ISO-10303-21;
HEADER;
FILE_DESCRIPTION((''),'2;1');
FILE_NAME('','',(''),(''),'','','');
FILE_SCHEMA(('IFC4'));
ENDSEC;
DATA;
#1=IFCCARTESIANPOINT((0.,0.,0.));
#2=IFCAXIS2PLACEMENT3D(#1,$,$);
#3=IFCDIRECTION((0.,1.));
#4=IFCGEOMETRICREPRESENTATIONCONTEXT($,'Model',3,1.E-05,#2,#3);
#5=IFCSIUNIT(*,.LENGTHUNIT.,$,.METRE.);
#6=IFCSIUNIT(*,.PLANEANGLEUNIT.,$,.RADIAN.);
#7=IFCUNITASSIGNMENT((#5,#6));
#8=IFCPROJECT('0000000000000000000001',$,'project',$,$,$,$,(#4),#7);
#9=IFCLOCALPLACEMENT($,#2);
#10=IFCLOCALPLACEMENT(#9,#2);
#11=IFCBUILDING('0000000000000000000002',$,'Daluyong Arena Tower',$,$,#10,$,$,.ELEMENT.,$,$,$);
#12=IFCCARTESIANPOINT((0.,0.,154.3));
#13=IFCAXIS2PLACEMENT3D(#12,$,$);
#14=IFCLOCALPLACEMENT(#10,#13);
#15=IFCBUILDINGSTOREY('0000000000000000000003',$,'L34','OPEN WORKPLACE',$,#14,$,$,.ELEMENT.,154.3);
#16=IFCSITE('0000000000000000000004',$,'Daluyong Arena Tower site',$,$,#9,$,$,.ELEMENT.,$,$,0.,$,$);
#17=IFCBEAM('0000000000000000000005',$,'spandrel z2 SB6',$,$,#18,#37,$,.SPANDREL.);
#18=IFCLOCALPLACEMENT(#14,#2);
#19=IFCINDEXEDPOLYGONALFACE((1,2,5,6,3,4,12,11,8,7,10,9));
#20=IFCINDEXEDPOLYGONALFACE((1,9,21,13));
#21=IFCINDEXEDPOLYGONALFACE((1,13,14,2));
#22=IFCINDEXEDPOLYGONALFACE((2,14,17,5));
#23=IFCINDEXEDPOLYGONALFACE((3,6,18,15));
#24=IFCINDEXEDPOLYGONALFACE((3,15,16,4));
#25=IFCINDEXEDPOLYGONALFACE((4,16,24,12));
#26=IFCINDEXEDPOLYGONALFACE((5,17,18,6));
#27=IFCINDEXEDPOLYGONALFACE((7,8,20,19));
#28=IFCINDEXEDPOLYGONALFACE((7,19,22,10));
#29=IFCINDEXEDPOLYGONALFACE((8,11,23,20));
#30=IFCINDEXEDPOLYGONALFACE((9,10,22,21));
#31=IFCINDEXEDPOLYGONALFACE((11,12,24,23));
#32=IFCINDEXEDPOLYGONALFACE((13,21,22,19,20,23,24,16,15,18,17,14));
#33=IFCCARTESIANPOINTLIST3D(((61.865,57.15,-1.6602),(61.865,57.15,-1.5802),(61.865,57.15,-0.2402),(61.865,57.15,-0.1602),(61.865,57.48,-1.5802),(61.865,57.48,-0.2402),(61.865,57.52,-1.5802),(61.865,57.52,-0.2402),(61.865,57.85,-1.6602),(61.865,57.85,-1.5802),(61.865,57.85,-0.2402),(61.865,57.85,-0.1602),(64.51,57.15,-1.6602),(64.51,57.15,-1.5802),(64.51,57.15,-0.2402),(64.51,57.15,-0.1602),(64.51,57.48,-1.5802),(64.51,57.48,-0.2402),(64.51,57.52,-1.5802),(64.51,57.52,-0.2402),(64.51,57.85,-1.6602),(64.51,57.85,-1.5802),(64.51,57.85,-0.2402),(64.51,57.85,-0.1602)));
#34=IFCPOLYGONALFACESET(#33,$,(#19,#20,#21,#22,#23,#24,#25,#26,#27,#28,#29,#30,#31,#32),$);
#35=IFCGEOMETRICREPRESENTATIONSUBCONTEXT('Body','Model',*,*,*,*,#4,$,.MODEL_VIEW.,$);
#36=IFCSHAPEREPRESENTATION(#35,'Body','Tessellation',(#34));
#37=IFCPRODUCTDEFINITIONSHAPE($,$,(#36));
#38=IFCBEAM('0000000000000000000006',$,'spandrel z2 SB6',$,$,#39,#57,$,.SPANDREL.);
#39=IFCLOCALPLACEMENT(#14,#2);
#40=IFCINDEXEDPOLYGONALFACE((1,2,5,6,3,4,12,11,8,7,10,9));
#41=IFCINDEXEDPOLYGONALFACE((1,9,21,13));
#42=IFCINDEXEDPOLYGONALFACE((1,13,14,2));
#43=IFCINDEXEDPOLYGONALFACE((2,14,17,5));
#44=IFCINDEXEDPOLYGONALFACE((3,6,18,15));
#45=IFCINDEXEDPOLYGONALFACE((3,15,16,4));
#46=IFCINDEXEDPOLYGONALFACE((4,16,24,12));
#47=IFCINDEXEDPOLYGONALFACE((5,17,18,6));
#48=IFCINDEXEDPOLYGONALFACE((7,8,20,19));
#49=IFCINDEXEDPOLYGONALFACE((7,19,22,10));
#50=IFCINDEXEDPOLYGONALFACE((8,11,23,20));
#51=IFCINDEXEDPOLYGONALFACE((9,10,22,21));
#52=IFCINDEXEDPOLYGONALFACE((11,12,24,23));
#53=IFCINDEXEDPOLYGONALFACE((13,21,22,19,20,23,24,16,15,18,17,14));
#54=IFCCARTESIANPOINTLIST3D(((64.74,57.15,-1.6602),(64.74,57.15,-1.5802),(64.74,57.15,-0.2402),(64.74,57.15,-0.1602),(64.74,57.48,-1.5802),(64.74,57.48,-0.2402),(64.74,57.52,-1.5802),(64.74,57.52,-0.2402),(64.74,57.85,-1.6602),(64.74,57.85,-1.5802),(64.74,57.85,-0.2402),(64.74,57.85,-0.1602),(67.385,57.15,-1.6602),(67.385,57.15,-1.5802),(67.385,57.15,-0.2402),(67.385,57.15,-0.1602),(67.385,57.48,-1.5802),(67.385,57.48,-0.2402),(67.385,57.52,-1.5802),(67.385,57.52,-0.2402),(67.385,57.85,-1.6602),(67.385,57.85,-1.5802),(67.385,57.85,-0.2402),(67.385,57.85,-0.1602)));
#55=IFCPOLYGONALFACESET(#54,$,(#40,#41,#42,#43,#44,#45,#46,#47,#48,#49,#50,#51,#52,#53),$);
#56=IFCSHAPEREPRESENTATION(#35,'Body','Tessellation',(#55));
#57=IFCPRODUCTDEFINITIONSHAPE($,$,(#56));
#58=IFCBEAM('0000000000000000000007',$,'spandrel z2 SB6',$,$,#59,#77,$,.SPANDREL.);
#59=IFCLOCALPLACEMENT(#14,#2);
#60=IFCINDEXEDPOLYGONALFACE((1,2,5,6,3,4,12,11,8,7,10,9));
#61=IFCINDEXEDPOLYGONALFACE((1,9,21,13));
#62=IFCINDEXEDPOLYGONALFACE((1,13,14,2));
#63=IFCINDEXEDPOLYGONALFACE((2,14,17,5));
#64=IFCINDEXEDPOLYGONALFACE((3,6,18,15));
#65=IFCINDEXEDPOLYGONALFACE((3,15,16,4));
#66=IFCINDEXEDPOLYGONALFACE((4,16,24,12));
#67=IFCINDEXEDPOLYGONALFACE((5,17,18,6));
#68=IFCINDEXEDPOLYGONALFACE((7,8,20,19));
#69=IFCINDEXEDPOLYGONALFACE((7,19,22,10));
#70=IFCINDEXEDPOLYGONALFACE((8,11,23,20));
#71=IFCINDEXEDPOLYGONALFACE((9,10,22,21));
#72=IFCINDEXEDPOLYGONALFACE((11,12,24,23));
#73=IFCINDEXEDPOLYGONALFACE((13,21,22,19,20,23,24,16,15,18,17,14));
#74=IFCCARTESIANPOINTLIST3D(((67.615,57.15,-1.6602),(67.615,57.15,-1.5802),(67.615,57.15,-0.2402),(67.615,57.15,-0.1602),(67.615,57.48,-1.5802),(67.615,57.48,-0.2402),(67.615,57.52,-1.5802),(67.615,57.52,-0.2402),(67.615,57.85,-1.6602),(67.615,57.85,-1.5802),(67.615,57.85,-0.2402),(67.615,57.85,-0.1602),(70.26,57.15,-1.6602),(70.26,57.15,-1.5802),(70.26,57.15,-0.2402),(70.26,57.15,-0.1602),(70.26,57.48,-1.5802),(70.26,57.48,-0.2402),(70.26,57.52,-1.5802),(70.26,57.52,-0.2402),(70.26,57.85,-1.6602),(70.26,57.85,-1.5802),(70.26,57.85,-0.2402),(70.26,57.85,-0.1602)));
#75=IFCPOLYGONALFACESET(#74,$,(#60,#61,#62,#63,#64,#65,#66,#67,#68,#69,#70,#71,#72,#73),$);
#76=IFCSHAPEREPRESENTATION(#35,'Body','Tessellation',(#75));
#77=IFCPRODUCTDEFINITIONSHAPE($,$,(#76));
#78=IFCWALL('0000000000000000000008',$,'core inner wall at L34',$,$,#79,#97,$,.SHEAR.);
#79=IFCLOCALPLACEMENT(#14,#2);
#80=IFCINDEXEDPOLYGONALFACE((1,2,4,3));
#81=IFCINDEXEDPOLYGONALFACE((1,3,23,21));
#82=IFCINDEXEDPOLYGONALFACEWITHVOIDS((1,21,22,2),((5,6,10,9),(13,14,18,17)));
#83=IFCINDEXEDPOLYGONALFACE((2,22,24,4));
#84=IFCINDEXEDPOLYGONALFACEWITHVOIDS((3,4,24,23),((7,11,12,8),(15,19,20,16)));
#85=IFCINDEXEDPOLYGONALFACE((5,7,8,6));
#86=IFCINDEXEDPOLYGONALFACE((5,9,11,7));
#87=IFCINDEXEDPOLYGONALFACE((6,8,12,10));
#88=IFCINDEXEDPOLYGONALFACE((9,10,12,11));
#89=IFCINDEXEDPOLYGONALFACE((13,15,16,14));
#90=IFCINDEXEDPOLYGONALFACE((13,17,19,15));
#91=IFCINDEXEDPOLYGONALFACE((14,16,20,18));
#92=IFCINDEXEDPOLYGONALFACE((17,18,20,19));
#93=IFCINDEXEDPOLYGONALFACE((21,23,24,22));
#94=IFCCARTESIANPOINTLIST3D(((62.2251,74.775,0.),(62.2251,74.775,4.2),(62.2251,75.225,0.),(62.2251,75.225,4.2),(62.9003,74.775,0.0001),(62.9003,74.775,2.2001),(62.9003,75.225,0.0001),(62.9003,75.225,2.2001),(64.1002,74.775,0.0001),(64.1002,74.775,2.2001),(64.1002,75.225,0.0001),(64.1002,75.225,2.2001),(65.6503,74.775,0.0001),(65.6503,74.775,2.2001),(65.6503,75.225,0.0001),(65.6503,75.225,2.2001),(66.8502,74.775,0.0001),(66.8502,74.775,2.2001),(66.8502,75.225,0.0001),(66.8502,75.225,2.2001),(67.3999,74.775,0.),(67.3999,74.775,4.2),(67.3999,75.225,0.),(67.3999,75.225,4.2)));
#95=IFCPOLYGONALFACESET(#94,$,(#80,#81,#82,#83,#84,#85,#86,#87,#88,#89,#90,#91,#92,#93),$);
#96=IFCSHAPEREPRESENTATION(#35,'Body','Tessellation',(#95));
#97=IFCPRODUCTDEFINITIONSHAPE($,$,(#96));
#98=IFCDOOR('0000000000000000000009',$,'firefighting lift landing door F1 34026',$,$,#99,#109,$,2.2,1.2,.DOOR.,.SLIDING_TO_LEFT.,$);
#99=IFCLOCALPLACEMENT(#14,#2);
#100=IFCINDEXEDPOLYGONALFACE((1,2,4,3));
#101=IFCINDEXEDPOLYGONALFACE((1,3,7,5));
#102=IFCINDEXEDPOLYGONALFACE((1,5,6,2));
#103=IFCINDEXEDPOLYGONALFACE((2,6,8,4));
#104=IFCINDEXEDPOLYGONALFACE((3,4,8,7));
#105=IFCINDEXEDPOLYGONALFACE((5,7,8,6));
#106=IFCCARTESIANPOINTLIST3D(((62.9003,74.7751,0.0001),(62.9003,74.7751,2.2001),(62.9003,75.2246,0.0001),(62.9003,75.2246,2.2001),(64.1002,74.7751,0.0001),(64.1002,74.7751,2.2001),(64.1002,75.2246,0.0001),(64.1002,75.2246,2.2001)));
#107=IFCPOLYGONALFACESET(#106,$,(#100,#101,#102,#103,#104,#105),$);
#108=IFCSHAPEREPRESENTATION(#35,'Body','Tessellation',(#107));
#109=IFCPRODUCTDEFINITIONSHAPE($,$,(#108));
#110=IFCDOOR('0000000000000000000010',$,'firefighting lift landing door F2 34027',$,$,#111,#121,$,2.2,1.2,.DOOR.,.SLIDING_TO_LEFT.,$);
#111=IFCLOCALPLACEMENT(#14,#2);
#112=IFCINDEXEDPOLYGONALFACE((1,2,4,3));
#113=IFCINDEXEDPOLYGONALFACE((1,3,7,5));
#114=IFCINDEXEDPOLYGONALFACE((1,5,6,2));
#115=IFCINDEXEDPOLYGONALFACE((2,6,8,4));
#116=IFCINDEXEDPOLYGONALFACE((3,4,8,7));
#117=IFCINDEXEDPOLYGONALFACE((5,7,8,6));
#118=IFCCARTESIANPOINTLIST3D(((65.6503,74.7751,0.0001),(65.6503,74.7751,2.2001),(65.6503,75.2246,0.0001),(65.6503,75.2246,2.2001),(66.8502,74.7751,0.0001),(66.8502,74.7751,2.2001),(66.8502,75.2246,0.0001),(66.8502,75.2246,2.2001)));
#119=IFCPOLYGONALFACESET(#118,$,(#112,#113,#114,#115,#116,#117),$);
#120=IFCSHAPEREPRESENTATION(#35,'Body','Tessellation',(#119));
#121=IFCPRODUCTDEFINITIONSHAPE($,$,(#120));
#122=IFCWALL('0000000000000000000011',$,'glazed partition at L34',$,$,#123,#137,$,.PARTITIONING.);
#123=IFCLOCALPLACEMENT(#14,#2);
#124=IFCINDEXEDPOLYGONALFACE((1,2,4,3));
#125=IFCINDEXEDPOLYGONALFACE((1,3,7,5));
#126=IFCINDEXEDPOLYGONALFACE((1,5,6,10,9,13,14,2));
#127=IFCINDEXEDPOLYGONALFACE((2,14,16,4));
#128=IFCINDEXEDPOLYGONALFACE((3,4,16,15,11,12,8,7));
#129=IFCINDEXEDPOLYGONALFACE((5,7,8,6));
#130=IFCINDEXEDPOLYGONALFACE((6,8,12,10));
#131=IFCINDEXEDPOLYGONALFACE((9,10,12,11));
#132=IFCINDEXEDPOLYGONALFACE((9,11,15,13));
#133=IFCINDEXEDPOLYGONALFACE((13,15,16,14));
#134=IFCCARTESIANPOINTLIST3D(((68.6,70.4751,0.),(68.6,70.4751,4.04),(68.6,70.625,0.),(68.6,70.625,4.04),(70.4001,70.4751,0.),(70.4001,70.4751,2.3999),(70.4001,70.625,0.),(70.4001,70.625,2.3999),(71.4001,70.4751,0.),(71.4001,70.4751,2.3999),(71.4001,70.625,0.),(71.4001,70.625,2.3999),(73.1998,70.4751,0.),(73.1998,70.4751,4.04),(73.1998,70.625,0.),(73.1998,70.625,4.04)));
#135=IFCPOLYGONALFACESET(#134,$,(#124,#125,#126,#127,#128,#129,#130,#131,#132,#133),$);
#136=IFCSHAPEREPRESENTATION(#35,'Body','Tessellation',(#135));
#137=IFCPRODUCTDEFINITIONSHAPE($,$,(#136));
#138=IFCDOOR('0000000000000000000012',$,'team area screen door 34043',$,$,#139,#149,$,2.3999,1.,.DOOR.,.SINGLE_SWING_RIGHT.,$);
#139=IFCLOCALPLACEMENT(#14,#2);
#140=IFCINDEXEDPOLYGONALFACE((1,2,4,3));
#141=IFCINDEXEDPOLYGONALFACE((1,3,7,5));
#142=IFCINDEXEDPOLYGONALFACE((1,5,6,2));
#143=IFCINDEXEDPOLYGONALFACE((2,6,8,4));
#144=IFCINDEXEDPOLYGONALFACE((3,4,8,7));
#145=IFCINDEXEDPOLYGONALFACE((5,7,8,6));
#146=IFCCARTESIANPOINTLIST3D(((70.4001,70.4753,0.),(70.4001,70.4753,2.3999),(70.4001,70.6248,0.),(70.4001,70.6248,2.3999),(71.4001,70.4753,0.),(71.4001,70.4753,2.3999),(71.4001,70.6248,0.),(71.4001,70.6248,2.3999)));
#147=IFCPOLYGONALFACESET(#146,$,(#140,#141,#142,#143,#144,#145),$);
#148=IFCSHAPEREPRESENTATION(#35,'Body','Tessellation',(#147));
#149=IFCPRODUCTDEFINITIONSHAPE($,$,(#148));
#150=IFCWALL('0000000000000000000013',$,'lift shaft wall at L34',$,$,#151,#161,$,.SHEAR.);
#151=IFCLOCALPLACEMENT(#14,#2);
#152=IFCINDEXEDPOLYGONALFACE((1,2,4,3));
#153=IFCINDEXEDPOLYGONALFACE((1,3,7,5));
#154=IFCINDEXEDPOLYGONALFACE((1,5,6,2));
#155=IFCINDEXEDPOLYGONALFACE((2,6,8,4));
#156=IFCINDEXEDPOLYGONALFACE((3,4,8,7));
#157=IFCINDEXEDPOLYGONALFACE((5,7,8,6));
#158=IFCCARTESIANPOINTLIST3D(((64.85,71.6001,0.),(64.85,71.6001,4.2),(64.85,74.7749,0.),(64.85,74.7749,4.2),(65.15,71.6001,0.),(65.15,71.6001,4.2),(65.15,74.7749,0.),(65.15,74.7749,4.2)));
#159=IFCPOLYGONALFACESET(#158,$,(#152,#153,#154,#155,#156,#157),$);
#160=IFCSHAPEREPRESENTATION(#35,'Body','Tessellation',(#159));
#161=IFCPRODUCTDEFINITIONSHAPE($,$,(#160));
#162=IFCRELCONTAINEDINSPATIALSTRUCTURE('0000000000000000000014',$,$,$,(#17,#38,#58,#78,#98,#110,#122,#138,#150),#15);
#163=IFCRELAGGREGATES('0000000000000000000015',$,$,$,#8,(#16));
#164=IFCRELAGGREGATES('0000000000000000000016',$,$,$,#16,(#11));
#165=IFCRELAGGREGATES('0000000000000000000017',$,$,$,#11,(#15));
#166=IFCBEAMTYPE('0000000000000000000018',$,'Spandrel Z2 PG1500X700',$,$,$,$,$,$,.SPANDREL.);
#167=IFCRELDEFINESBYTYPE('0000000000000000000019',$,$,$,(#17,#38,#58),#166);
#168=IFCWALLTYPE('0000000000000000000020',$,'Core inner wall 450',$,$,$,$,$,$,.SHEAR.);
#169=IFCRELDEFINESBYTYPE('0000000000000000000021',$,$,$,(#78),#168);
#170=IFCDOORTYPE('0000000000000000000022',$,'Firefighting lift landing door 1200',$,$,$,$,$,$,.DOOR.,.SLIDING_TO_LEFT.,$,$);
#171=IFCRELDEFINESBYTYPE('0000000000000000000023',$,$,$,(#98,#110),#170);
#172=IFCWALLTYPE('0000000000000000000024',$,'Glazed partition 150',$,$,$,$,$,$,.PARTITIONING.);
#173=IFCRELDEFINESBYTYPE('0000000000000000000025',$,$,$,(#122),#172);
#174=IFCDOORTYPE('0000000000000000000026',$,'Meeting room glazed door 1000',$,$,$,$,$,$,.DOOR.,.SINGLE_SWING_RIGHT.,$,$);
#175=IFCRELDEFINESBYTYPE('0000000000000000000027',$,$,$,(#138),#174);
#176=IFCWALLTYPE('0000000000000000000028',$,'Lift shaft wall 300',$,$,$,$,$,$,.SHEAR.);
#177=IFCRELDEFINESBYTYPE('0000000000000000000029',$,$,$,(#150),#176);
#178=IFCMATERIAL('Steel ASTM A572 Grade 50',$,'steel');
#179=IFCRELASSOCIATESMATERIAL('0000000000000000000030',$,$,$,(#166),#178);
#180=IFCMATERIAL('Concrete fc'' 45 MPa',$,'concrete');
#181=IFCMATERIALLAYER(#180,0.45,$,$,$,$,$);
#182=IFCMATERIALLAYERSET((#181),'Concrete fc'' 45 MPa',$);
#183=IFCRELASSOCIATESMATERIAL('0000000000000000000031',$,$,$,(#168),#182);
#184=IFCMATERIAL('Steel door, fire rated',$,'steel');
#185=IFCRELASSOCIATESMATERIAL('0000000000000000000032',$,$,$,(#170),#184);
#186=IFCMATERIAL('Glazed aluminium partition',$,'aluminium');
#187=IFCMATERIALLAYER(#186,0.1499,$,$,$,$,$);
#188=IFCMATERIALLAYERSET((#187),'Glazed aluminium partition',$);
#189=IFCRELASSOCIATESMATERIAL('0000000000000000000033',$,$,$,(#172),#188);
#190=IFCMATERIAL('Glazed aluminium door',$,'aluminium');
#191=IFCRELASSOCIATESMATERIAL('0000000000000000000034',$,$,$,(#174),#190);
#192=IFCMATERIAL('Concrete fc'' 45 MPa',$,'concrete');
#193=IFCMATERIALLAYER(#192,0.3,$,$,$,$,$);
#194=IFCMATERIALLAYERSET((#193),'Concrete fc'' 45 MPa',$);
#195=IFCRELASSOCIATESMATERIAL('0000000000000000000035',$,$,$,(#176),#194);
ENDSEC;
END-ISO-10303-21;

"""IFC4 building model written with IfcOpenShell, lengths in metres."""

from ifc_helpers import new_model, si_unit, direction, frame, frame_2d, origin, origin_2d, place, context, subcontext, project, spatial, rectangle, i_section, extrude, material, layer, layer_set, material_profile, profile_set, type_object, element, fill, save


model = new_model("IFC4")

# Units and contexts
model_context = context("Model", 3, precision=1e-05, world=origin(), true_north=direction((0.0, 1.0)))
body_context = subcontext(model_context, "Body", "Model", "MODEL_VIEW")
ifc_project = project(units=[si_unit("LENGTHUNIT", "METRE"), si_unit("PLANEANGLEUNIT", "RADIAN")], contexts=[model_context])

# Site, building, storey
site_placement = place(None, origin())
site = spatial("IfcSite", under=ifc_project, at=site_placement, Name="Daluyong Arena Tower site", CompositionType="ELEMENT", RefElevation=0.0)
building_placement = place(site_placement, origin())
building = spatial("IfcBuilding", under=site, at=building_placement, Name="Daluyong Arena Tower", CompositionType="ELEMENT")
storey_placement = place(building_placement, frame((0.0, 0.0, 154.3)))
storey = spatial("IfcBuildingStorey", under=building, at=storey_placement, Name="L34", Description="OPEN WORKPLACE", CompositionType="ELEMENT", Elevation=154.3)

# Beams
ifc_material_1 = material(Name="Steel ASTM A572 Grade 50", Category="steel")
ifc_material_profile_1 = material_profile(ifc_material_1, i_section(OverallWidth=0.7, OverallDepth=1.5, WebThickness=0.04, FlangeThickness=0.08, at=origin_2d()))
ifc_profile_set_1 = profile_set([ifc_material_profile_1], Name="Steel ASTM A572 Grade 50")
beam_type_1 = type_object("IfcBeamType", Name="Spandrel Z2 PG1500X700", PredefinedType="SPANDREL", material=ifc_profile_set_1)
for number, where, z_axis, x_axis, name in (
    (1, (61.865, 57.5, -0.9102), (1.0, 0.0, 0.0), (0.0, 1.0, 0.0), "spandrel z2 SB6"),
    (2, (64.74, 57.5, -0.9102), (1.0, 0.0, 0.0), (0.0, 1.0, 0.0), "spandrel z2 SB6"),
    (3, (67.615, 57.5, -0.9102), (1.0, 0.0, 0.0), (0.0, 1.0, 0.0), "spandrel z2 SB6"),
):
    element("IfcBeam", number, at=place(storey_placement, frame(where, z_axis=z_axis, x_axis=x_axis)), inside=storey, type_object=beam_type_1, Name=name, PredefinedType="SPANDREL", context=body_context, shape_type="SweptSolid", body=[
        extrude(i_section(OverallWidth=0.7, OverallDepth=1.5, WebThickness=0.04, FlangeThickness=0.08, at=origin_2d()), origin(), (0.0, 0.0, 1.0), 2.645),
    ])

# Shared definitions
ifc_material_2 = material(Name="Concrete fc' 45 MPa", Category="concrete")
ifc_layer_1 = layer(ifc_material_2, 0.45)
ifc_layer_set_1 = layer_set([ifc_layer_1], Name="Concrete fc' 45 MPa")
wall_type_1 = type_object("IfcWallType", Name="Core inner wall 450", PredefinedType="SHEAR", material=ifc_layer_set_1)

# Wall, openings, doors
wall_1_placement = place(storey_placement, frame((62.2251, 75.0, 0.0), z_axis=(0.0, 0.0, 1.0), x_axis=(1.0, 0.0, 0.0)))
wall_1 = element("IfcWall", 4, at=wall_1_placement, inside=storey, type_object=wall_type_1, Name="core inner wall at L34", PredefinedType="SHEAR", context=body_context, shape_type="SweptSolid", body=[
    extrude(rectangle(XDim=5.1748, YDim=0.45, at=frame_2d((2.5874, 0.0))), origin(), (0.0, 0.0, 1.0), 4.2),
])
opening_1_placement = place(wall_1_placement, frame((0.675, 0.0, 0.0)))
opening_1 = element("IfcOpeningElement", 5, at=opening_1_placement, cuts=wall_1, PredefinedType="OPENING", context=body_context, shape_type="SweptSolid", body=[
    extrude(rectangle(XDim=1.2, YDim=2.2, at=frame_2d((0.6001, 1.1001))), frame((0.0, 0.2349, 0.0), z_axis=(0.0, -1.0, 0.0), x_axis=(1.0, 0.0, 0.0)), (0.0, 0.0, 1.0), 0.47),
])
opening_2_placement = place(wall_1_placement, frame((3.425, 0.0, 0.0)))
opening_2 = element("IfcOpeningElement", 6, at=opening_2_placement, cuts=wall_1, PredefinedType="OPENING", context=body_context, shape_type="SweptSolid", body=[
    extrude(rectangle(XDim=1.2, YDim=2.2, at=frame_2d((0.6001, 1.1001))), frame((0.0, 0.2349, 0.0), z_axis=(0.0, -1.0, 0.0), x_axis=(1.0, 0.0, 0.0)), (0.0, 0.0, 1.0), 0.47),
])
ifc_material_3 = material(Name="Steel door, fire rated", Category="steel")
door_type_1 = type_object("IfcDoorType", Name="Firefighting lift landing door 1200", OperationType="SLIDING_TO_LEFT", PredefinedType="DOOR", material=ifc_material_3)
door_1_placement = place(opening_1_placement, origin())
door_1 = element("IfcDoor", 7, at=door_1_placement, inside=storey, type_object=door_type_1, Name="firefighting lift landing door F1 34026", OperationType="SLIDING_TO_LEFT", OverallHeight=2.2, OverallWidth=1.2, PredefinedType="DOOR", context=body_context, shape_type="SweptSolid", body=[
    extrude(rectangle(XDim=1.2, YDim=2.2, at=frame_2d((0.6001, 1.1001))), frame((0.0, 0.2246, 0.0), z_axis=(0.0, -1.0, 0.0), x_axis=(1.0, 0.0, 0.0)), (0.0, 0.0, 1.0), 0.4495),
])
fill(opening_1, door_1)
door_2_placement = place(opening_2_placement, origin())
door_2 = element("IfcDoor", 8, at=door_2_placement, inside=storey, type_object=door_type_1, Name="firefighting lift landing door F2 34027", OperationType="SLIDING_TO_LEFT", OverallHeight=2.2, OverallWidth=1.2, PredefinedType="DOOR", context=body_context, shape_type="SweptSolid", body=[
    extrude(rectangle(XDim=1.2, YDim=2.2, at=frame_2d((0.6001, 1.1001))), frame((0.0, 0.2246, 0.0), z_axis=(0.0, -1.0, 0.0), x_axis=(1.0, 0.0, 0.0)), (0.0, 0.0, 1.0), 0.4495),
])
fill(opening_2, door_2)

# Wall, opening, door
ifc_material_4 = material(Name="Glazed aluminium partition", Category="aluminium")
ifc_layer_2 = layer(ifc_material_4, 0.1499)
ifc_layer_set_2 = layer_set([ifc_layer_2], Name="Glazed aluminium partition")
wall_type_2 = type_object("IfcWallType", Name="Glazed partition 150", PredefinedType="PARTITIONING", material=ifc_layer_set_2)
wall_2_placement = place(storey_placement, frame((68.6001, 70.55, 0.0), z_axis=(0.0, 0.0, 1.0), x_axis=(1.0, 0.0, 0.0)))
wall_2 = element("IfcWall", 9, at=wall_2_placement, inside=storey, type_object=wall_type_2, Name="glazed partition at L34", PredefinedType="PARTITIONING", context=body_context, shape_type="SweptSolid", body=[
    extrude(rectangle(XDim=4.5999, YDim=0.1499, at=frame_2d((2.2998, 0.0))), origin(), (0.0, 0.0, 1.0), 4.04),
])
opening_3_placement = place(wall_2_placement, frame((1.8, 0.0, 0.0)))
opening_3 = element("IfcOpeningElement", 10, at=opening_3_placement, cuts=wall_2, PredefinedType="OPENING", context=body_context, shape_type="SweptSolid", body=[
    extrude(rectangle(XDim=1.0, YDim=2.3999, at=frame_2d((0.5, 1.2))), frame((0.0, 0.085, 0.0), z_axis=(0.0, -1.0, 0.0), x_axis=(1.0, 0.0, 0.0)), (0.0, 0.0, 1.0), 0.1699),
])
ifc_material_5 = material(Name="Glazed aluminium door", Category="aluminium")
door_type_2 = type_object("IfcDoorType", Name="Meeting room glazed door 1000", OperationType="SINGLE_SWING_RIGHT", PredefinedType="DOOR", material=ifc_material_5)
door_3_placement = place(opening_3_placement, origin())
door_3 = element("IfcDoor", 11, at=door_3_placement, inside=storey, type_object=door_type_2, Name="team area screen door 34043", OperationType="SINGLE_SWING_RIGHT", OverallHeight=2.3999, OverallWidth=1.0, PredefinedType="DOOR", context=body_context, shape_type="SweptSolid", body=[
    extrude(rectangle(XDim=1.0, YDim=2.3999, at=frame_2d((0.5, 1.2))), frame((0.0, 0.0747, 0.0), z_axis=(0.0, -1.0, 0.0), x_axis=(1.0, 0.0, 0.0)), (0.0, 0.0, 1.0), 0.1494),
])
fill(opening_3, door_3)

# Wall
ifc_material_6 = material(Name="Concrete fc' 45 MPa", Category="concrete")
ifc_layer_3 = layer(ifc_material_6, 0.3)
ifc_layer_set_3 = layer_set([ifc_layer_3], Name="Concrete fc' 45 MPa")
wall_type_3 = type_object("IfcWallType", Name="Lift shaft wall 300", PredefinedType="SHEAR", material=ifc_layer_set_3)
wall_3_placement = place(storey_placement, frame((65.0, 71.6001, 0.0), z_axis=(0.0, 0.0, 1.0), x_axis=(0.0, 1.0, 0.0)))
element("IfcWall", 12, at=wall_3_placement, inside=storey, type_object=wall_type_3, Name="lift shaft wall at L34", PredefinedType="SHEAR", context=body_context, shape_type="SweptSolid", body=[
    extrude(rectangle(XDim=3.1748, YDim=0.3, at=frame_2d((1.5874, 0.0))), origin(), (0.0, 0.0, 1.0), 4.2),
])

save(model, "model.ifc")
